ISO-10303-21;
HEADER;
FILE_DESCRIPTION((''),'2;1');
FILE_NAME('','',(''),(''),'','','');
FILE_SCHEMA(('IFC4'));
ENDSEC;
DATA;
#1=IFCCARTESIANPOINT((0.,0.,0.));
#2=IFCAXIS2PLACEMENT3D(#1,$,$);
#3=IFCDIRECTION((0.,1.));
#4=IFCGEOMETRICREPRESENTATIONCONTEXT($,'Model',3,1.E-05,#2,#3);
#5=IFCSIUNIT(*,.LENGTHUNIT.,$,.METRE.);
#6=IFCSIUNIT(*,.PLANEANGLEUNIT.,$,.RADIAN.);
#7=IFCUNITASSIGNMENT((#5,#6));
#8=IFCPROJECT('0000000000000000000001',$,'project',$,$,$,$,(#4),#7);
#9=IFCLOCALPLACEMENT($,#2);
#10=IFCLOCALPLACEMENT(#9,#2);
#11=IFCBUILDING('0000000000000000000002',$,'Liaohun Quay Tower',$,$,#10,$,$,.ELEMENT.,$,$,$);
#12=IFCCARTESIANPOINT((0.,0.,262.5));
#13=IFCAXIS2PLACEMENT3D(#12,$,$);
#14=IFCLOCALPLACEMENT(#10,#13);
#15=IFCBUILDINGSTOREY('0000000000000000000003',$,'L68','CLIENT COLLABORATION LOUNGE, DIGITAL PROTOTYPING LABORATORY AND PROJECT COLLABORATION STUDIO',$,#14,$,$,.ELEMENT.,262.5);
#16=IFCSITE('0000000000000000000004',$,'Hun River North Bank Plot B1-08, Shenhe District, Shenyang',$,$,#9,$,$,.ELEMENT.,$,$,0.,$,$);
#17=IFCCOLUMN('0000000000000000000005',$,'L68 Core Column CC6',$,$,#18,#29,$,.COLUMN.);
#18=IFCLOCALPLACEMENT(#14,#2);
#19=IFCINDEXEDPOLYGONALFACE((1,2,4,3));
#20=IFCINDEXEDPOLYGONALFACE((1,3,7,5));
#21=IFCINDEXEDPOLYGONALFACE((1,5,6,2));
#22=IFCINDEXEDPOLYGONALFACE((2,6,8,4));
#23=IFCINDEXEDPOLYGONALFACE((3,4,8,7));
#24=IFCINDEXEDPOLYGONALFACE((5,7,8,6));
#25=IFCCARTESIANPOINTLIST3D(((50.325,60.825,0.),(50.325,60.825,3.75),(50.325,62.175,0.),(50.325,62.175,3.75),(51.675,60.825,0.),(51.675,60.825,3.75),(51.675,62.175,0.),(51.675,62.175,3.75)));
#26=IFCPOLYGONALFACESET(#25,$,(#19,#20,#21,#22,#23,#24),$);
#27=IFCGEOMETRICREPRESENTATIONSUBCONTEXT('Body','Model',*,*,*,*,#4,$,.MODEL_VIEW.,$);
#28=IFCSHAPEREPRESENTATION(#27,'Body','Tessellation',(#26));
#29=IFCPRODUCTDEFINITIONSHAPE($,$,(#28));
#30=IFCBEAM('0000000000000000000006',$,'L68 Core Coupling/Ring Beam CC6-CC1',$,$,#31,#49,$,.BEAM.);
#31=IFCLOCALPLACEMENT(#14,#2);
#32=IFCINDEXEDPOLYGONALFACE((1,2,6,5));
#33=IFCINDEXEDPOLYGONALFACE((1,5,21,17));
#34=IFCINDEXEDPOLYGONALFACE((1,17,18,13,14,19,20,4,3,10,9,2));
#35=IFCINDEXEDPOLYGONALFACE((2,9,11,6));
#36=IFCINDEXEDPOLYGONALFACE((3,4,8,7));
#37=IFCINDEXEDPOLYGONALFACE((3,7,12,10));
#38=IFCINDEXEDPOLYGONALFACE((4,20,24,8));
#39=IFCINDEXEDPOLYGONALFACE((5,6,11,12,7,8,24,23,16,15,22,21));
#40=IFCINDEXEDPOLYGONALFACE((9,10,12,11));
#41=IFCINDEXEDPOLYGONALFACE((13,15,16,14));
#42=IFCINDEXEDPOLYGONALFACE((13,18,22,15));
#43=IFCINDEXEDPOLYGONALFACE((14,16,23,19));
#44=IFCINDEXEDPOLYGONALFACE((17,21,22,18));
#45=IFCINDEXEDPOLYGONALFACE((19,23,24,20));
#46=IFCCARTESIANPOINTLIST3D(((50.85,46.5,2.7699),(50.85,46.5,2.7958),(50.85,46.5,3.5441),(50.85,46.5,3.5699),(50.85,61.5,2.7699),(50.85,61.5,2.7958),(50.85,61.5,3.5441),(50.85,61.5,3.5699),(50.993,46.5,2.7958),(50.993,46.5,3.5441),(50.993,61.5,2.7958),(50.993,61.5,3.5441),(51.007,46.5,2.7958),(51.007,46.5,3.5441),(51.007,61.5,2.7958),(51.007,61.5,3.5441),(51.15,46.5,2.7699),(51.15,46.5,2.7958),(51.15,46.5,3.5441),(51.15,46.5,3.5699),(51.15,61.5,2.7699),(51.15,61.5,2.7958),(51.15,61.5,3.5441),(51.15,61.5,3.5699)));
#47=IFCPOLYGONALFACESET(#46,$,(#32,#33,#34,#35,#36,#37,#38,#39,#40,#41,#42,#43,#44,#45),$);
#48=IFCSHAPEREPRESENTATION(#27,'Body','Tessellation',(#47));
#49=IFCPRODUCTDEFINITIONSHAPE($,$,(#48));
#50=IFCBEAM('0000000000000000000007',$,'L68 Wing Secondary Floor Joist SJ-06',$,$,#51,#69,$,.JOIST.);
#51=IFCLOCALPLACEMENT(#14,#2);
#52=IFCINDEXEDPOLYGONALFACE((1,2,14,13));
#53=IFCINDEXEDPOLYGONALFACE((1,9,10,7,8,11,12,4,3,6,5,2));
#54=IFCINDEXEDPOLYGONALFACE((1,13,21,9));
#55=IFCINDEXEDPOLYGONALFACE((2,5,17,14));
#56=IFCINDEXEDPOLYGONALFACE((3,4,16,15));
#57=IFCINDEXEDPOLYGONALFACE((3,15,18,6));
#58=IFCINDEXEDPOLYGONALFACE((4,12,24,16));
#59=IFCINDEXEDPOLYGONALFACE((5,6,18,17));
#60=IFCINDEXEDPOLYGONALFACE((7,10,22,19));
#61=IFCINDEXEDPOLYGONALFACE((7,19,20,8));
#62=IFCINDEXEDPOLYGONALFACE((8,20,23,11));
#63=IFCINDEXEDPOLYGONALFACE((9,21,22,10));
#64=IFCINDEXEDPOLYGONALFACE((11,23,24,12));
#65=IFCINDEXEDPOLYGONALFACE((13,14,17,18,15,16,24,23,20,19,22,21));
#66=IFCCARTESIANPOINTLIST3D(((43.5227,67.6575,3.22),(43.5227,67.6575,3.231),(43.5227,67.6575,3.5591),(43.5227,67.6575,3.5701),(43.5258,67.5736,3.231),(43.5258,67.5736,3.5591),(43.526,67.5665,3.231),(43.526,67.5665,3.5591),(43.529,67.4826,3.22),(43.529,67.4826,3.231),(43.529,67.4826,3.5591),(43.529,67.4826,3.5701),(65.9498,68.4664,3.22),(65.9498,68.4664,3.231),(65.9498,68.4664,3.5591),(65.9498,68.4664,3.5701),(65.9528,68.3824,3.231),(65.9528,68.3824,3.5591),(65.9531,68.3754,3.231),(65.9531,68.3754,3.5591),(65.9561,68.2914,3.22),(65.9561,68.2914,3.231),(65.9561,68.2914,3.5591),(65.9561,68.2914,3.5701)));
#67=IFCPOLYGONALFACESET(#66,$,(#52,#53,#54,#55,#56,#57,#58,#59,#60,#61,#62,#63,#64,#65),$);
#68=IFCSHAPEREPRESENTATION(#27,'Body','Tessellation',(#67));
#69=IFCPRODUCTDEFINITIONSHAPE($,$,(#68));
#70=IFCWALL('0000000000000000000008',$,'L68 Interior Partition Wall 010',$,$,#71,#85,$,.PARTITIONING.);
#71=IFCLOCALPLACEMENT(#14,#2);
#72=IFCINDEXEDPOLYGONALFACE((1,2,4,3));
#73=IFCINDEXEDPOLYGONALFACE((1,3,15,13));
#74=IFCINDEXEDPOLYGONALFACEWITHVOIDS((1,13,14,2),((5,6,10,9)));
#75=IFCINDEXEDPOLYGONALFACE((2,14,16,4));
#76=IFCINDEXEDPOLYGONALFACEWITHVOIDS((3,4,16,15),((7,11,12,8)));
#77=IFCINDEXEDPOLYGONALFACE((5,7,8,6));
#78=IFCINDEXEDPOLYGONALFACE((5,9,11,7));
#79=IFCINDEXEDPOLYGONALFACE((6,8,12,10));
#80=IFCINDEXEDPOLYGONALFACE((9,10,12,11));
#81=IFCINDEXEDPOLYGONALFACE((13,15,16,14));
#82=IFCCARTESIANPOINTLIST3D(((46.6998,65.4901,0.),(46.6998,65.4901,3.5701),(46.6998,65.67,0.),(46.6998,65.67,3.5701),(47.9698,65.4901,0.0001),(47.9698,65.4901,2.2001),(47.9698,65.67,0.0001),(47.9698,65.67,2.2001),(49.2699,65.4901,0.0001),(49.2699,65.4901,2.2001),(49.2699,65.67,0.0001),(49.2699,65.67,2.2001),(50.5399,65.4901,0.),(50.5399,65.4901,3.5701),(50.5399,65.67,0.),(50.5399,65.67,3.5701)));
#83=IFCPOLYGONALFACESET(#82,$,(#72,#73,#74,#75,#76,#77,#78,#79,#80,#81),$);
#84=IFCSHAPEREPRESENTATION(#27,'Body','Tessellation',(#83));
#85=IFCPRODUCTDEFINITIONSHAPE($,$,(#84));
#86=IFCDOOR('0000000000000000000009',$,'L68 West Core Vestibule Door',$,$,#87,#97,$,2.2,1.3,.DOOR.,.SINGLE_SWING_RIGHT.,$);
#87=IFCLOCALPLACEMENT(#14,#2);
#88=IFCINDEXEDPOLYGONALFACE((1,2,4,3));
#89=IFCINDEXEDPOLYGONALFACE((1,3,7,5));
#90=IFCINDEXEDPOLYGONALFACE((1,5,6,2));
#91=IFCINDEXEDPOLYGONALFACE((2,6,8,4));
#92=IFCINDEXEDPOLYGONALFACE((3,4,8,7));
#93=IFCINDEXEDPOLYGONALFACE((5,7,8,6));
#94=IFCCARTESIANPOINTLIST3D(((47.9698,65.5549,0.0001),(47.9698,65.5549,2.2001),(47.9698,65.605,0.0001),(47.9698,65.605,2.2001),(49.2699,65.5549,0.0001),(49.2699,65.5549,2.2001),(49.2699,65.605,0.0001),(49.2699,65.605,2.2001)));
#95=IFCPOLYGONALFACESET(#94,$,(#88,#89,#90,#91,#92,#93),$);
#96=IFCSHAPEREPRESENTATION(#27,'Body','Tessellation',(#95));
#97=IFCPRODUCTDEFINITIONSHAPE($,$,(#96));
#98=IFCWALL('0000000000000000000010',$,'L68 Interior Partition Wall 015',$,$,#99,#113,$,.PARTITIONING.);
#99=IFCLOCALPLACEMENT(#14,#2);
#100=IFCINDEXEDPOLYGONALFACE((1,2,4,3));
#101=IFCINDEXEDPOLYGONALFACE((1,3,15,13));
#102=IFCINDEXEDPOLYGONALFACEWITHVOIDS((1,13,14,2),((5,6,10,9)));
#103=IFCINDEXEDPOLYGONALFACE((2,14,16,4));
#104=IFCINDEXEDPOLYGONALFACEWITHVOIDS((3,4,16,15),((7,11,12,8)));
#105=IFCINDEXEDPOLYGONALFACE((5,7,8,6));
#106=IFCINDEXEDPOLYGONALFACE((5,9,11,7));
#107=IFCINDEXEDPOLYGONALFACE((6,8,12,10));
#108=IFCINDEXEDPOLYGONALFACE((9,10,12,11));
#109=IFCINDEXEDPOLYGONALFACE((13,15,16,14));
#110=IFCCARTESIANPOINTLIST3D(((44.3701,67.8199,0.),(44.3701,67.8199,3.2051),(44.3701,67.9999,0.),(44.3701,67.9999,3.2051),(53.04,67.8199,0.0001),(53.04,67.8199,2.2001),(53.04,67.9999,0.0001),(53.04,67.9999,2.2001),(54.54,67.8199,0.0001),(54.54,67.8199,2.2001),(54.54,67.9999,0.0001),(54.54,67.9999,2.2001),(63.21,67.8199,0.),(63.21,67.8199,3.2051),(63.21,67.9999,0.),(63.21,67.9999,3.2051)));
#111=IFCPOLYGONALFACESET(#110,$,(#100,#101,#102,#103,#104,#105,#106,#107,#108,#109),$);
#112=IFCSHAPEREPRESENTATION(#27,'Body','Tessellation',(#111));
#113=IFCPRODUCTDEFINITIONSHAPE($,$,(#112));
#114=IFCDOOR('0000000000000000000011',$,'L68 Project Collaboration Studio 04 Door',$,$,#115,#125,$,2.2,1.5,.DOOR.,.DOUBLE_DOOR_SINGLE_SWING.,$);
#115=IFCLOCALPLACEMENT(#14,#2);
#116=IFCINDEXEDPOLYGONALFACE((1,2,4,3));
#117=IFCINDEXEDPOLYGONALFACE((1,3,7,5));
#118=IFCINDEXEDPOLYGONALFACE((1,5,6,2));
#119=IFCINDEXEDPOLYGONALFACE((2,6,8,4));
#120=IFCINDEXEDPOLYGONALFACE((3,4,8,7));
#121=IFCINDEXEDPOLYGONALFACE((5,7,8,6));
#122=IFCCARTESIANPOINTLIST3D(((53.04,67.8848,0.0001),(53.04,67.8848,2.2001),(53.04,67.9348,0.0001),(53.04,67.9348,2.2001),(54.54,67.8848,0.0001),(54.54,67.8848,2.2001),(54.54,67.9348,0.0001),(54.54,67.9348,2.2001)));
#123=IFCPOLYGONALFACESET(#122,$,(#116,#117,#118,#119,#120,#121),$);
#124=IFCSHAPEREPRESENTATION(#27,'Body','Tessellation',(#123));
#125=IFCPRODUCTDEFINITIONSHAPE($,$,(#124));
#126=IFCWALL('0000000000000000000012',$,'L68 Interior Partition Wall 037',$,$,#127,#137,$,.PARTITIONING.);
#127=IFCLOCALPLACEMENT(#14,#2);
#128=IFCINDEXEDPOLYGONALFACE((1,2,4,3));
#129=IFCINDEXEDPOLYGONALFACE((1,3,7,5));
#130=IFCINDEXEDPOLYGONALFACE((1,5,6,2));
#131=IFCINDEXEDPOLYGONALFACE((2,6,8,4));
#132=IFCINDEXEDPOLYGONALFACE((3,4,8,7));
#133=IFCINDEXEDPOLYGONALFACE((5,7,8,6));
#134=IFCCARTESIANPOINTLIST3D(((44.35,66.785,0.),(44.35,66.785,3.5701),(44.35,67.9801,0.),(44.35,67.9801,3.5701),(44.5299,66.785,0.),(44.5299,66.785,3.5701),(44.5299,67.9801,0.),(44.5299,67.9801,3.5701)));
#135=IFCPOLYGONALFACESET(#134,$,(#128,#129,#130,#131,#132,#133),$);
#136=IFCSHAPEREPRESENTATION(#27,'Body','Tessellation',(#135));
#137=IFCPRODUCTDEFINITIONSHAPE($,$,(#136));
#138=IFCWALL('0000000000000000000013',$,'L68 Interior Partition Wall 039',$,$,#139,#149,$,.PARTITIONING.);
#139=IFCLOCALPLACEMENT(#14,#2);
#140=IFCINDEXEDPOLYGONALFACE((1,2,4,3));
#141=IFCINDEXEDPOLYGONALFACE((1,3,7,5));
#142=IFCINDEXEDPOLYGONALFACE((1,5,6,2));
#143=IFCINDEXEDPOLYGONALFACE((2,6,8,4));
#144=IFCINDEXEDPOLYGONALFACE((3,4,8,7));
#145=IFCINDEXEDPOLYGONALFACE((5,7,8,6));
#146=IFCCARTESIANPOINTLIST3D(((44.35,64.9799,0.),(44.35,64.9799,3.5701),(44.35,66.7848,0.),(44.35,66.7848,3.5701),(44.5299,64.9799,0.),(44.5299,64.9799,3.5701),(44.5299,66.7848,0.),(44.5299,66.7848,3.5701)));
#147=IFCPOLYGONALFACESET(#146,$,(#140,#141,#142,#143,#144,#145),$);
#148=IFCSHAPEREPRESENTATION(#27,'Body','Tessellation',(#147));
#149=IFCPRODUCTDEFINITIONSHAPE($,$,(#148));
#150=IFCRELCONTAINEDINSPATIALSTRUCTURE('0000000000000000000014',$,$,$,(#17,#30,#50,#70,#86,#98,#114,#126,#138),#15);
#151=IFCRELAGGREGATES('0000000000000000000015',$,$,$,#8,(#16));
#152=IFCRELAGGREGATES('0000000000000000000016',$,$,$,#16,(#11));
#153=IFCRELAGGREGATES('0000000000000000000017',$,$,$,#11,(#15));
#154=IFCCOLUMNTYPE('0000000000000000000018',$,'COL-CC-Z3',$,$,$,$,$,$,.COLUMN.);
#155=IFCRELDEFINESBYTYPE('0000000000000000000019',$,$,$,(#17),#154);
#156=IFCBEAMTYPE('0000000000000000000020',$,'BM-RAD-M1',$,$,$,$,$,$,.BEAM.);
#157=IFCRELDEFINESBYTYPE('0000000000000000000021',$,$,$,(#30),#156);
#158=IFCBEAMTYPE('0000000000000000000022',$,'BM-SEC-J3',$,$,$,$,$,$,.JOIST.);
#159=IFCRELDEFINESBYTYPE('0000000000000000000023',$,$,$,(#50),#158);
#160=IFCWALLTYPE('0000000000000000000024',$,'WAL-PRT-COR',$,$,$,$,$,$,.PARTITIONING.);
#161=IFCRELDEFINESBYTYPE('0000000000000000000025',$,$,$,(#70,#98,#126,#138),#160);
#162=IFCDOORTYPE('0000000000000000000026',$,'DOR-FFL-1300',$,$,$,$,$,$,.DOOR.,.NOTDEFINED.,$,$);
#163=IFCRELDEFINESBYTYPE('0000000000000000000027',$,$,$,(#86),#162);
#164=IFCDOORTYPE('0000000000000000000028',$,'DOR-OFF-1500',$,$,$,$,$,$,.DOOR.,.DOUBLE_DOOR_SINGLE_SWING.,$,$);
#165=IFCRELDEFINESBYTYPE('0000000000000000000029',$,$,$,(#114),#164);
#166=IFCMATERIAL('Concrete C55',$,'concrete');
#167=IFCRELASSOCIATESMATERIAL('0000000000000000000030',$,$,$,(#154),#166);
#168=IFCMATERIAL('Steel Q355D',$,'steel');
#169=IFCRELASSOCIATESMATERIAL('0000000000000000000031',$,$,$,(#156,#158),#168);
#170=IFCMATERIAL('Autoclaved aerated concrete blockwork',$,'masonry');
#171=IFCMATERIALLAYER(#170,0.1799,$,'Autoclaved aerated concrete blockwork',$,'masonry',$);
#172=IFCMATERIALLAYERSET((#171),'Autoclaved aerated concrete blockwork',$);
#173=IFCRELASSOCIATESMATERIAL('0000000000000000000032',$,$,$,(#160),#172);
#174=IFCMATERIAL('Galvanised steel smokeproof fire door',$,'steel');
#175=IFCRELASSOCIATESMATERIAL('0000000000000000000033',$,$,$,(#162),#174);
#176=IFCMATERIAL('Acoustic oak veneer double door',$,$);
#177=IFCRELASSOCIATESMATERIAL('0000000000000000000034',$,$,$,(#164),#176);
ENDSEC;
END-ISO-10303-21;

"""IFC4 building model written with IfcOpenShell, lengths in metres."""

from ifc_helpers import new_model, si_unit, direction, frame, frame_2d, origin, origin_2d, place, context, subcontext, project, spatial, rectangle, i_section, extrude, source, transform, mapped, material, layer, layer_set, material_profile, profile_set, type_object, element, fill, save


model = new_model("IFC4")

# Units and contexts
model_context = context("Model", 3, precision=1e-05, world=origin(), true_north=direction((0.0, 1.0)))
body_context = subcontext(model_context, "Body", "Model", "MODEL_VIEW")
ifc_project = project(units=[si_unit("LENGTHUNIT", "METRE"), si_unit("PLANEANGLEUNIT", "RADIAN")], contexts=[model_context])

# Site, building, storey
site_placement = place(None, origin())
site = spatial("IfcSite", under=ifc_project, at=site_placement, Name="Hun River North Bank Plot B1-08, Shenhe District, Shenyang", CompositionType="ELEMENT", RefElevation=0.0)
building_placement = place(site_placement, origin())
building = spatial("IfcBuilding", under=site, at=building_placement, Name="Liaohun Quay Tower", CompositionType="ELEMENT")
storey_placement = place(building_placement, frame((0.0, 0.0, 262.5)))
storey = spatial("IfcBuildingStorey", under=building, at=storey_placement, Name="L68", Description="CLIENT COLLABORATION LOUNGE, DIGITAL PROTOTYPING LABORATORY AND PROJECT COLLABORATION STUDIO", CompositionType="ELEMENT", Elevation=262.5)

# Column
ifc_material_1 = material(Name="Concrete C55", Category="concrete")
ifc_material_profile_1 = material_profile(ifc_material_1, rectangle(XDim=1.3501, YDim=1.3501, at=origin_2d()), Name="RC1350x1350")
ifc_profile_set_1 = profile_set([ifc_material_profile_1], Name="Concrete C55")
column_type = type_object("IfcColumnType", Name="COL-CC-Z3", PredefinedType="COLUMN", material=ifc_profile_set_1)
shared_shape_1 = source(origin(), body_context, "Body", "SweptSolid", [
    extrude(rectangle(XDim=1.3501, YDim=1.3501, at=origin_2d()), origin(), (0.0, 0.0, 1.0), 3.75),
])
column_placement = place(storey_placement, frame((51.0, 61.5, 0.0), z_axis=(0.0, 0.0, 1.0), x_axis=(1.0, 0.0, 0.0)))
element("IfcColumn", 1, at=column_placement, inside=storey, type_object=column_type, Name="L68 Core Column CC6", PredefinedType="COLUMN", context=body_context, shape_type="MappedRepresentation", body=[
    mapped(shared_shape_1, transform((0.0, 0.0, 0.0), x_axis=(1.0, 0.0, 0.0), y_axis=(0.0, 1.0, 0.0), z_axis=(0.0, 0.0, 1.0), scale=1.0)),
])

# Beams
ifc_material_2 = material(Name="Steel Q355D", Category="steel")
ifc_material_profile_2 = material_profile(ifc_material_2, i_section(OverallWidth=0.3, OverallDepth=0.8, WebThickness=0.0139, FlangeThickness=0.0259, at=origin_2d()), Name="HN800x300x14x26")
ifc_profile_set_2 = profile_set([ifc_material_profile_2], Name="Steel Q355D")
beam_type_1 = type_object("IfcBeamType", Name="BM-RAD-M1", PredefinedType="BEAM", material=ifc_profile_set_2)
shared_shape_2 = source(origin(), body_context, "Body", "SweptSolid", [
    extrude(i_section(OverallWidth=0.3, OverallDepth=0.8, WebThickness=0.0139, FlangeThickness=0.0259, at=origin_2d()), origin(), (0.0, 0.0, 1.0), 15.0),
])
beam_1_placement = place(storey_placement, frame((51.0, 61.5, 3.1699), z_axis=(0.0, -1.0, 0.0), x_axis=(1.0, 0.0, 0.0)))
element("IfcBeam", 2, at=beam_1_placement, inside=storey, type_object=beam_type_1, Name="L68 Core Coupling/Ring Beam CC6-CC1", PredefinedType="BEAM", context=body_context, shape_type="MappedRepresentation", body=[
    mapped(shared_shape_2, transform((0.0, 0.0, 0.0), x_axis=(1.0, 0.0, 0.0), y_axis=(0.0, 1.0, 0.0), z_axis=(0.0, 0.0, 1.0), scale=1.0)),
])
ifc_material_profile_3 = material_profile(ifc_material_2, i_section(OverallWidth=0.175, OverallDepth=0.3501, WebThickness=0.0071, FlangeThickness=0.011, at=origin_2d()), Name="HN350x175x7x11")
ifc_profile_set_3 = profile_set([ifc_material_profile_3], Name="Steel Q355D")
beam_type_2 = type_object("IfcBeamType", Name="BM-SEC-J3", PredefinedType="JOIST", material=ifc_profile_set_3)
shared_shape_3 = source(origin(), body_context, "Body", "SweptSolid", [
    extrude(i_section(OverallWidth=0.175, OverallDepth=0.3501, WebThickness=0.0071, FlangeThickness=0.011, at=origin_2d()), origin(), (0.0, 0.0, 1.0), 22.4417),
])
beam_2_placement = place(storey_placement, frame((43.5259, 67.5701, 3.395), z_axis=(0.99935, 0.036042, 0.0), x_axis=(-0.036042, 0.99935, 0.0)))
element("IfcBeam", 3, at=beam_2_placement, inside=storey, type_object=beam_type_2, Name="L68 Wing Secondary Floor Joist SJ-06", PredefinedType="JOIST", context=body_context, shape_type="MappedRepresentation", body=[
    mapped(shared_shape_3, transform((0.0, 0.0, 0.0), x_axis=(1.0, 0.0, 0.0), y_axis=(0.0, 1.0, 0.0), z_axis=(0.0, 0.0, 1.0), scale=1.0)),
])

# Walls, openings, doors
ifc_material_3 = material(Name="Autoclaved aerated concrete blockwork", Category="masonry")
ifc_layer_1 = layer(ifc_material_3, 0.1799, Name="Autoclaved aerated concrete blockwork", Category="masonry")
ifc_layer_set_1 = layer_set([ifc_layer_1], Name="Autoclaved aerated concrete blockwork")
wall_type_1 = type_object("IfcWallType", Name="WAL-PRT-COR", PredefinedType="PARTITIONING", material=ifc_layer_set_1)
wall_1_placement = place(storey_placement, frame((46.7, 65.5801, 0.0), z_axis=(0.0, 0.0, 1.0), x_axis=(1.0, 0.0, 0.0)))
wall_1 = element("IfcWall", 4, at=wall_1_placement, inside=storey, type_object=wall_type_1, Name="L68 Interior Partition Wall 010", PredefinedType="PARTITIONING", context=body_context, shape_type="SweptSolid", body=[
    extrude(rectangle(XDim=3.8401, YDim=0.1799, at=frame_2d((1.9199, 0.0))), origin(), (0.0, 0.0, 1.0), 3.5701),
])
shared_shape_4 = source(origin(), body_context, "Body", "SweptSolid", [
    extrude(rectangle(XDim=1.3, YDim=2.2, at=frame_2d((0.6499, 1.1001))), frame((0.0, 0.0999, 0.0), z_axis=(0.0, -1.0, 0.0), x_axis=(1.0, 0.0, 0.0)), (0.0, 0.0, 1.0), 0.2),
])
opening_1_placement = place(wall_1_placement, frame((1.27, 0.0, 0.0)))
opening_1 = element("IfcOpeningElement", 5, at=opening_1_placement, cuts=wall_1, PredefinedType="OPENING", context=body_context, shape_type="MappedRepresentation", body=[
    mapped(shared_shape_4, transform((0.0, 0.0, 0.0), x_axis=(1.0, 0.0, 0.0), y_axis=(0.0, 1.0, 0.0), z_axis=(0.0, 0.0, 1.0), scale=1.0)),
])
ifc_material_4 = material(Name="Galvanised steel smokeproof fire door", Category="steel")
door_type_1 = type_object("IfcDoorType", Name="DOR-FFL-1300", OperationType="NOTDEFINED", PredefinedType="DOOR", material=ifc_material_4)
shared_shape_5 = source(origin(), body_context, "Body", "SweptSolid", [
    extrude(rectangle(XDim=1.3, YDim=2.2, at=frame_2d((0.6499, 1.1001))), frame((0.0, 0.0249, 0.0), z_axis=(0.0, -1.0, 0.0), x_axis=(1.0, 0.0, 0.0)), (0.0, 0.0, 1.0), 0.05),
])
door_1_placement = place(opening_1_placement, origin())
door_1 = element("IfcDoor", 6, at=door_1_placement, inside=storey, type_object=door_type_1, Name="L68 West Core Vestibule Door", OperationType="SINGLE_SWING_RIGHT", OverallHeight=2.2, OverallWidth=1.3, PredefinedType="DOOR", context=body_context, shape_type="MappedRepresentation", body=[
    mapped(shared_shape_5, transform((0.0, 0.0, 0.0), x_axis=(1.0, 0.0, 0.0), y_axis=(0.0, 1.0, 0.0), z_axis=(0.0, 0.0, 1.0), scale=1.0)),
])
fill(opening_1, door_1)
wall_2_placement = place(storey_placement, frame((44.3701, 67.9099, 0.0), z_axis=(0.0, 0.0, 1.0), x_axis=(1.0, 0.0, 0.0)))
wall_2 = element("IfcWall", 7, at=wall_2_placement, inside=storey, type_object=wall_type_1, Name="L68 Interior Partition Wall 015", PredefinedType="PARTITIONING", context=body_context, shape_type="SweptSolid", body=[
    extrude(rectangle(XDim=18.8398, YDim=0.1799, at=frame_2d((9.4199, 0.0))), origin(), (0.0, 0.0, 1.0), 3.2051),
])
shared_shape_6 = source(origin(), body_context, "Body", "SweptSolid", [
    extrude(rectangle(XDim=1.5, YDim=2.2, at=frame_2d((0.75, 1.1001))), frame((0.0, 0.0999, 0.0), z_axis=(0.0, -1.0, 0.0), x_axis=(1.0, 0.0, 0.0)), (0.0, 0.0, 1.0), 0.2),
])
opening_2_placement = place(wall_2_placement, frame((8.6699, 0.0, 0.0)))
opening_2 = element("IfcOpeningElement", 8, at=opening_2_placement, cuts=wall_2, PredefinedType="OPENING", context=body_context, shape_type="MappedRepresentation", body=[
    mapped(shared_shape_6, transform((0.0, 0.0, 0.0), x_axis=(1.0, 0.0, 0.0), y_axis=(0.0, 1.0, 0.0), z_axis=(0.0, 0.0, 1.0), scale=1.0)),
])
ifc_material_5 = material(Name="Acoustic oak veneer double door")
door_type_2 = type_object("IfcDoorType", Name="DOR-OFF-1500", OperationType="DOUBLE_DOOR_SINGLE_SWING", PredefinedType="DOOR", material=ifc_material_5)
shared_shape_7 = source(origin(), body_context, "Body", "SweptSolid", [
    extrude(rectangle(XDim=1.5, YDim=2.2, at=frame_2d((0.75, 1.1001))), frame((0.0, 0.0249, 0.0), z_axis=(0.0, -1.0, 0.0), x_axis=(1.0, 0.0, 0.0)), (0.0, 0.0, 1.0), 0.05),
])
door_2_placement = place(opening_2_placement, origin())
door_2 = element("IfcDoor", 9, at=door_2_placement, inside=storey, type_object=door_type_2, Name="L68 Project Collaboration Studio 04 Door", OperationType="DOUBLE_DOOR_SINGLE_SWING", OverallHeight=2.2, OverallWidth=1.5, PredefinedType="DOOR", context=body_context, shape_type="MappedRepresentation", body=[
    mapped(shared_shape_7, transform((0.0, 0.0, 0.0), x_axis=(1.0, 0.0, 0.0), y_axis=(0.0, 1.0, 0.0), z_axis=(0.0, 0.0, 1.0), scale=1.0)),
])
fill(opening_2, door_2)

# Walls
wall_3_placement = place(storey_placement, frame((44.4399, 66.7849, 0.0), z_axis=(0.0, 0.0, 1.0), x_axis=(0.0, 1.0, 0.0)))
element("IfcWall", 10, at=wall_3_placement, inside=storey, type_object=wall_type_1, Name="L68 Interior Partition Wall 037", PredefinedType="PARTITIONING", context=body_context, shape_type="SweptSolid", body=[
    extrude(rectangle(XDim=1.1951, YDim=0.1799, at=frame_2d((0.5977, 0.0))), origin(), (0.0, 0.0, 1.0), 3.5701),
])
wall_4_placement = place(storey_placement, frame((44.4399, 64.98, 0.0), z_axis=(0.0, 0.0, 1.0), x_axis=(0.0, 1.0, 0.0)))
element("IfcWall", 11, at=wall_4_placement, inside=storey, type_object=wall_type_1, Name="L68 Interior Partition Wall 039", PredefinedType="PARTITIONING", context=body_context, shape_type="SweptSolid", body=[
    extrude(rectangle(XDim=1.8049, YDim=0.1799, at=frame_2d((0.9023, 0.0))), origin(), (0.0, 0.0, 1.0), 3.5701),
])

save(model, "model.ifc")
